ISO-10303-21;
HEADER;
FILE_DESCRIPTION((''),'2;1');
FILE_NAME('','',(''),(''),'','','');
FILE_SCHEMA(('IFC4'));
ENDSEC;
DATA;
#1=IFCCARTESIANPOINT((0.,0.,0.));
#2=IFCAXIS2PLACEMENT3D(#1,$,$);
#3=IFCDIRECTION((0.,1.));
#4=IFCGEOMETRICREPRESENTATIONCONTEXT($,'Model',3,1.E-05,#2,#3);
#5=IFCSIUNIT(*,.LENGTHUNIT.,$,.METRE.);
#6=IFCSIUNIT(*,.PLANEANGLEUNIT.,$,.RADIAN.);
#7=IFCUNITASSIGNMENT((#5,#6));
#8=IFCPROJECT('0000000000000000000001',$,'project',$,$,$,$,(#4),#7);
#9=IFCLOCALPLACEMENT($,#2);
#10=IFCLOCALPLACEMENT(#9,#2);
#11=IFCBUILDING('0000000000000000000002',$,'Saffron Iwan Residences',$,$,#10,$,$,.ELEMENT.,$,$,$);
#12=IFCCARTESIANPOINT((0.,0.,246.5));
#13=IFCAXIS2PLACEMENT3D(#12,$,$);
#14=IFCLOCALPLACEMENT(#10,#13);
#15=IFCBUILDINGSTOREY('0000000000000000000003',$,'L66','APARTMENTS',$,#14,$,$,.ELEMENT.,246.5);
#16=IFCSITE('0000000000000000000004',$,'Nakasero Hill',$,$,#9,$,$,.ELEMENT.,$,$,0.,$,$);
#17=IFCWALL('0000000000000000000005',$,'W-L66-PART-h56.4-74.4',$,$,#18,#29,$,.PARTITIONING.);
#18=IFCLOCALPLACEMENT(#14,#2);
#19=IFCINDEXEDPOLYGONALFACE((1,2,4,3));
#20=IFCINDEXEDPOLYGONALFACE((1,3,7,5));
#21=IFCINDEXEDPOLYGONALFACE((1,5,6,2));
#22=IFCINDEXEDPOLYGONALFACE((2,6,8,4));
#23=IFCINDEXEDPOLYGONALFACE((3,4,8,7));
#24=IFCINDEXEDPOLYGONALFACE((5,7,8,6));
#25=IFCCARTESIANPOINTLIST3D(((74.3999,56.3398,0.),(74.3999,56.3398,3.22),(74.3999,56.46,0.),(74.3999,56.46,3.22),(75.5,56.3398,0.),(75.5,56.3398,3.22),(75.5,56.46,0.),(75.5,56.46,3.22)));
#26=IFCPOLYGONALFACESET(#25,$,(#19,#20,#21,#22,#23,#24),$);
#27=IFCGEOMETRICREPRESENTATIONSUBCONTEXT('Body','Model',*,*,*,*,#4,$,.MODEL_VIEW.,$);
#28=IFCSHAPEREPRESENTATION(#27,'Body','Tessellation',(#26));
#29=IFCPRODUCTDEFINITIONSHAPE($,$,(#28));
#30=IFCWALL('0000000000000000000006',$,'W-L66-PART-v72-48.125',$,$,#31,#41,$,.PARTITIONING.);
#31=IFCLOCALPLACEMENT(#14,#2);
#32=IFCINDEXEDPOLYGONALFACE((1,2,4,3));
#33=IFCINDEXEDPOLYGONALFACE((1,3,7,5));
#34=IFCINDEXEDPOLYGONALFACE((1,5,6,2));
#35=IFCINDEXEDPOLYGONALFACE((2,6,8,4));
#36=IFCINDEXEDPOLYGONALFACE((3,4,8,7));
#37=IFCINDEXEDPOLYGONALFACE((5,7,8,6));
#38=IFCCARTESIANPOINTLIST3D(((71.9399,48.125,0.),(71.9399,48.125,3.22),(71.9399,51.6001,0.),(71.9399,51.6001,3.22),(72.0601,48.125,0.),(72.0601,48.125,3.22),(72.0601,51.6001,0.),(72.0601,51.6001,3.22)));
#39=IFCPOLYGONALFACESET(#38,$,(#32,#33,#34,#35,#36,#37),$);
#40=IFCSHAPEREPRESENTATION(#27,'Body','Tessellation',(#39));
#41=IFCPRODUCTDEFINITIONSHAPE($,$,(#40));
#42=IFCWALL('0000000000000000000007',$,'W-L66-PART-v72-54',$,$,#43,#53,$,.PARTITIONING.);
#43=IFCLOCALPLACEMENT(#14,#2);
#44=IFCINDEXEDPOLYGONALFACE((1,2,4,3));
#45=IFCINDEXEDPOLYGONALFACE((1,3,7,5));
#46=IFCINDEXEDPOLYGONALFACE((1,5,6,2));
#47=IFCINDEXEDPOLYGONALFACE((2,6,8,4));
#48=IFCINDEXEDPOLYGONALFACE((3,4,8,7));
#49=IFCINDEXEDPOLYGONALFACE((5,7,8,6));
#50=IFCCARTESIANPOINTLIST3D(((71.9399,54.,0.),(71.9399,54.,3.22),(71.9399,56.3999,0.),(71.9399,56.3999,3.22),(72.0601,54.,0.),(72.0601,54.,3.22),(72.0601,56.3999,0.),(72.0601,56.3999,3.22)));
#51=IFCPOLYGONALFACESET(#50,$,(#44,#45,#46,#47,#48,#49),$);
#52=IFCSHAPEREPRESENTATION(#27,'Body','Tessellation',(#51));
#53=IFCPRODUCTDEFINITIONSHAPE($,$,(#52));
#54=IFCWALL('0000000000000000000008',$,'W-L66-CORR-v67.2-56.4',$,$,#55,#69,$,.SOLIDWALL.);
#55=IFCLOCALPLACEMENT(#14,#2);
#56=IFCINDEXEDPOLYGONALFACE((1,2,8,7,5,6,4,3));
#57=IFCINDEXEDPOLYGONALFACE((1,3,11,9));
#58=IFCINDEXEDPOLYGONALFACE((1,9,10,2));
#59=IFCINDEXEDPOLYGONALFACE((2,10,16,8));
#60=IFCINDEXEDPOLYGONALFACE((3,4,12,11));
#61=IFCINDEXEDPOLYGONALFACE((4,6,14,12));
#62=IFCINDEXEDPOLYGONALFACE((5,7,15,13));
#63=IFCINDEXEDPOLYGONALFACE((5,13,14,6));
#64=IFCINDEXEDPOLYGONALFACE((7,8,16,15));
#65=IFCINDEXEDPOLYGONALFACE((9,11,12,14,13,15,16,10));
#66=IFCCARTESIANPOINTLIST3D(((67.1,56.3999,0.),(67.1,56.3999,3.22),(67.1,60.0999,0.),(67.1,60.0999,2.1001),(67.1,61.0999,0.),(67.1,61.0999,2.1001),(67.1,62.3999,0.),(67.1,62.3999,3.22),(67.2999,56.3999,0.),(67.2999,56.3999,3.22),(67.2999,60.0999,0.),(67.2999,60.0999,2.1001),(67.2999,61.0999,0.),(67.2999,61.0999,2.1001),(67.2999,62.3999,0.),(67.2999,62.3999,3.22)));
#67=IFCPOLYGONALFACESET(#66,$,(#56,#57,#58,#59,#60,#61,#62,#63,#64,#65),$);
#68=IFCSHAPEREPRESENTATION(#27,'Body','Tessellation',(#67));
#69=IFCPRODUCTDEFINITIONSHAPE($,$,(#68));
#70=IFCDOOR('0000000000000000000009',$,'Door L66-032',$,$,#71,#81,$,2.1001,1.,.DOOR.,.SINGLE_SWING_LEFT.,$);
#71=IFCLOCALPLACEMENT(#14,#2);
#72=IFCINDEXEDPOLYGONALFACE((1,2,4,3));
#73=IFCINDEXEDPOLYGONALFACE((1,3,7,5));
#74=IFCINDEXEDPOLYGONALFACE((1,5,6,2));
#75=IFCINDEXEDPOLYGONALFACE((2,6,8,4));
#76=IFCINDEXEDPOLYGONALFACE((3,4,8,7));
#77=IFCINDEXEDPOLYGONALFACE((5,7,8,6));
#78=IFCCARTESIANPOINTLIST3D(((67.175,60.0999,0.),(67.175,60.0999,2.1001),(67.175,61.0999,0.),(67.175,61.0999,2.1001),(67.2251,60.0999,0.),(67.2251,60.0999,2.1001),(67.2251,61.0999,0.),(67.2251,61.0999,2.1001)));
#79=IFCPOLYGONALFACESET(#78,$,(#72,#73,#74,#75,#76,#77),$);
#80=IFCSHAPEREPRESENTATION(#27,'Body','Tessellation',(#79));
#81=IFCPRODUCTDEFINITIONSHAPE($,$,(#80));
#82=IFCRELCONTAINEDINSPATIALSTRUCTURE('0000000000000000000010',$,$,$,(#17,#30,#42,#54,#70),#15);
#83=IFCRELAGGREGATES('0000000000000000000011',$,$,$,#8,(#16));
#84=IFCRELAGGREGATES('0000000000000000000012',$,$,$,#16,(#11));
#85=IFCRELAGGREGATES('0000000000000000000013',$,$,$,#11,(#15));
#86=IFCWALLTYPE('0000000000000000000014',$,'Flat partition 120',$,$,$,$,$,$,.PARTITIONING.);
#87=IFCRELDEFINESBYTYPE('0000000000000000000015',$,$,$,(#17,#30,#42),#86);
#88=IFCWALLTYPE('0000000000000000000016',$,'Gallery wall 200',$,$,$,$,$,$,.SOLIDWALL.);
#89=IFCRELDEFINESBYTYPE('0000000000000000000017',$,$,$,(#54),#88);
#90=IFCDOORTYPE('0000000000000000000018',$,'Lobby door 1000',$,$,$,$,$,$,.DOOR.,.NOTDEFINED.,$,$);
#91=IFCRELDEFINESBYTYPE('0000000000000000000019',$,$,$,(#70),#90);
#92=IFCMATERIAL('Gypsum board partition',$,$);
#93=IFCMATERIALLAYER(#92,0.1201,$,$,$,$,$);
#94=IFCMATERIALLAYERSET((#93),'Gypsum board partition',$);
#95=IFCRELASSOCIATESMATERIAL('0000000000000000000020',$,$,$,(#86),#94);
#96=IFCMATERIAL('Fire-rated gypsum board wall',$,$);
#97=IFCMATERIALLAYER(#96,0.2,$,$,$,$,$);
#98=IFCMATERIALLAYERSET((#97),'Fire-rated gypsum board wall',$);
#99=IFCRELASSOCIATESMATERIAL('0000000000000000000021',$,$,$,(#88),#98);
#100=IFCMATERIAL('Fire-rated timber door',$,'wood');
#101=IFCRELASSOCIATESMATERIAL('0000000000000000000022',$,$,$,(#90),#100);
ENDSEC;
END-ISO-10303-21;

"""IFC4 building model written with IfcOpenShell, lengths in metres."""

from ifc_helpers import new_model, si_unit, direction, frame, frame_2d, origin, place, context, subcontext, project, spatial, rectangle, extrude, material, layer, layer_set, type_object, element, fill, save


model = new_model("IFC4")

# Units and contexts
model_context = context("Model", 3, precision=1e-05, world=origin(), true_north=direction((0.0, 1.0)))
body_context = subcontext(model_context, "Body", "Model", "MODEL_VIEW")
ifc_project = project(units=[si_unit("LENGTHUNIT", "METRE"), si_unit("PLANEANGLEUNIT", "RADIAN")], contexts=[model_context])

# Site, building, storey
site_placement = place(None, origin())
site = spatial("IfcSite", under=ifc_project, at=site_placement, Name="Nakasero Hill", CompositionType="ELEMENT", RefElevation=0.0)
building_placement = place(site_placement, origin())
building = spatial("IfcBuilding", under=site, at=building_placement, Name="Saffron Iwan Residences", CompositionType="ELEMENT")
storey_placement = place(building_placement, frame((0.0, 0.0, 246.5)))
storey = spatial("IfcBuildingStorey", under=building, at=storey_placement, Name="L66", Description="APARTMENTS", CompositionType="ELEMENT", Elevation=246.5)

# Shared definitions
ifc_material_1 = material(Name="Fire-rated gypsum board wall")

# Shared definitions
ifc_material_2 = material(Name="Gypsum board partition")
ifc_layer_1 = layer(ifc_material_2, 0.1201)
ifc_layer_set_1 = layer_set([ifc_layer_1], Name="Gypsum board partition")
wall_type_1 = type_object("IfcWallType", Name="Flat partition 120", PredefinedType="PARTITIONING", material=ifc_layer_set_1)

# Walls
wall_1_placement = place(storey_placement, frame((74.3999, 56.3999, 0.0), z_axis=(0.0, 0.0, 1.0), x_axis=(1.0, 0.0, 0.0)))
element("IfcWall", 1, at=wall_1_placement, inside=storey, type_object=wall_type_1, Name="W-L66-PART-h56.4-74.4", PredefinedType="PARTITIONING", context=body_context, shape_type="SweptSolid", body=[
    extrude(rectangle(XDim=1.1001, YDim=0.1201, at=frame_2d((0.55, 0.0))), origin(), (0.0, 0.0, 1.0), 3.22),
])
wall_2_placement = place(storey_placement, frame((72.0, 48.125, 0.0), z_axis=(0.0, 0.0, 1.0), x_axis=(0.0, 1.0, 0.0)))
element("IfcWall", 2, at=wall_2_placement, inside=storey, type_object=wall_type_1, Name="W-L66-PART-v72-48.125", PredefinedType="PARTITIONING", context=body_context, shape_type="SweptSolid", body=[
    extrude(rectangle(XDim=3.4751, YDim=0.1201, at=frame_2d((1.7375, 0.0))), origin(), (0.0, 0.0, 1.0), 3.22),
])
wall_3_placement = place(storey_placement, frame((72.0, 54.0, 0.0), z_axis=(0.0, 0.0, 1.0), x_axis=(0.0, 1.0, 0.0)))
element("IfcWall", 3, at=wall_3_placement, inside=storey, type_object=wall_type_1, Name="W-L66-PART-v72-54", PredefinedType="PARTITIONING", context=body_context, shape_type="SweptSolid", body=[
    extrude(rectangle(XDim=2.3999, YDim=0.1201, at=frame_2d((1.2, 0.0))), origin(), (0.0, 0.0, 1.0), 3.22),
])

# Wall, opening, door
ifc_layer_2 = layer(ifc_material_1, 0.2)
ifc_layer_set_2 = layer_set([ifc_layer_2], Name="Fire-rated gypsum board wall")
wall_type_2 = type_object("IfcWallType", Name="Gallery wall 200", PredefinedType="SOLIDWALL", material=ifc_layer_set_2)
wall_4_placement = place(storey_placement, frame((67.2, 56.3999, 0.0), z_axis=(0.0, 0.0, 1.0), x_axis=(0.0, 1.0, 0.0)))
wall_4 = element("IfcWall", 4, at=wall_4_placement, inside=storey, type_object=wall_type_2, Name="W-L66-CORR-v67.2-56.4", PredefinedType="SOLIDWALL", context=body_context, shape_type="SweptSolid", body=[
    extrude(rectangle(XDim=6.0, YDim=0.2, at=frame_2d((3.0, 0.0))), origin(), (0.0, 0.0, 1.0), 3.22),
])
opening_1_placement = place(wall_4_placement, frame((3.7, 0.0, 0.0)))
opening_1 = element("IfcOpeningElement", 5, at=opening_1_placement, cuts=wall_4, PredefinedType="OPENING", context=body_context, shape_type="SweptSolid", body=[
    extrude(rectangle(XDim=1.0, YDim=2.1001, at=frame_2d((0.5, 1.05))), frame((0.0, 0.1099, 0.0), z_axis=(0.0, -1.0, 0.0), x_axis=(1.0, 0.0, 0.0)), (0.0, 0.0, 1.0), 0.22),
])
ifc_material_3 = material(Name="Fire-rated timber door", Category="wood")
door_type_1 = type_object("IfcDoorType", Name="Lobby door 1000", OperationType="NOTDEFINED", PredefinedType="DOOR", material=ifc_material_3)
door_1_placement = place(opening_1_placement, origin())
door_1 = element("IfcDoor", 6, at=door_1_placement, inside=storey, type_object=door_type_1, Name="Door L66-032", OperationType="SINGLE_SWING_LEFT", OverallHeight=2.1001, OverallWidth=1.0, PredefinedType="DOOR", context=body_context, shape_type="SweptSolid", body=[
    extrude(rectangle(XDim=1.0, YDim=2.1001, at=frame_2d((0.5, 1.05))), frame((0.0, 0.0249, 0.0), z_axis=(0.0, -1.0, 0.0), x_axis=(1.0, 0.0, 0.0)), (0.0, 0.0, 1.0), 0.05),
])
fill(opening_1, door_1)

save(model, "model.ifc")
